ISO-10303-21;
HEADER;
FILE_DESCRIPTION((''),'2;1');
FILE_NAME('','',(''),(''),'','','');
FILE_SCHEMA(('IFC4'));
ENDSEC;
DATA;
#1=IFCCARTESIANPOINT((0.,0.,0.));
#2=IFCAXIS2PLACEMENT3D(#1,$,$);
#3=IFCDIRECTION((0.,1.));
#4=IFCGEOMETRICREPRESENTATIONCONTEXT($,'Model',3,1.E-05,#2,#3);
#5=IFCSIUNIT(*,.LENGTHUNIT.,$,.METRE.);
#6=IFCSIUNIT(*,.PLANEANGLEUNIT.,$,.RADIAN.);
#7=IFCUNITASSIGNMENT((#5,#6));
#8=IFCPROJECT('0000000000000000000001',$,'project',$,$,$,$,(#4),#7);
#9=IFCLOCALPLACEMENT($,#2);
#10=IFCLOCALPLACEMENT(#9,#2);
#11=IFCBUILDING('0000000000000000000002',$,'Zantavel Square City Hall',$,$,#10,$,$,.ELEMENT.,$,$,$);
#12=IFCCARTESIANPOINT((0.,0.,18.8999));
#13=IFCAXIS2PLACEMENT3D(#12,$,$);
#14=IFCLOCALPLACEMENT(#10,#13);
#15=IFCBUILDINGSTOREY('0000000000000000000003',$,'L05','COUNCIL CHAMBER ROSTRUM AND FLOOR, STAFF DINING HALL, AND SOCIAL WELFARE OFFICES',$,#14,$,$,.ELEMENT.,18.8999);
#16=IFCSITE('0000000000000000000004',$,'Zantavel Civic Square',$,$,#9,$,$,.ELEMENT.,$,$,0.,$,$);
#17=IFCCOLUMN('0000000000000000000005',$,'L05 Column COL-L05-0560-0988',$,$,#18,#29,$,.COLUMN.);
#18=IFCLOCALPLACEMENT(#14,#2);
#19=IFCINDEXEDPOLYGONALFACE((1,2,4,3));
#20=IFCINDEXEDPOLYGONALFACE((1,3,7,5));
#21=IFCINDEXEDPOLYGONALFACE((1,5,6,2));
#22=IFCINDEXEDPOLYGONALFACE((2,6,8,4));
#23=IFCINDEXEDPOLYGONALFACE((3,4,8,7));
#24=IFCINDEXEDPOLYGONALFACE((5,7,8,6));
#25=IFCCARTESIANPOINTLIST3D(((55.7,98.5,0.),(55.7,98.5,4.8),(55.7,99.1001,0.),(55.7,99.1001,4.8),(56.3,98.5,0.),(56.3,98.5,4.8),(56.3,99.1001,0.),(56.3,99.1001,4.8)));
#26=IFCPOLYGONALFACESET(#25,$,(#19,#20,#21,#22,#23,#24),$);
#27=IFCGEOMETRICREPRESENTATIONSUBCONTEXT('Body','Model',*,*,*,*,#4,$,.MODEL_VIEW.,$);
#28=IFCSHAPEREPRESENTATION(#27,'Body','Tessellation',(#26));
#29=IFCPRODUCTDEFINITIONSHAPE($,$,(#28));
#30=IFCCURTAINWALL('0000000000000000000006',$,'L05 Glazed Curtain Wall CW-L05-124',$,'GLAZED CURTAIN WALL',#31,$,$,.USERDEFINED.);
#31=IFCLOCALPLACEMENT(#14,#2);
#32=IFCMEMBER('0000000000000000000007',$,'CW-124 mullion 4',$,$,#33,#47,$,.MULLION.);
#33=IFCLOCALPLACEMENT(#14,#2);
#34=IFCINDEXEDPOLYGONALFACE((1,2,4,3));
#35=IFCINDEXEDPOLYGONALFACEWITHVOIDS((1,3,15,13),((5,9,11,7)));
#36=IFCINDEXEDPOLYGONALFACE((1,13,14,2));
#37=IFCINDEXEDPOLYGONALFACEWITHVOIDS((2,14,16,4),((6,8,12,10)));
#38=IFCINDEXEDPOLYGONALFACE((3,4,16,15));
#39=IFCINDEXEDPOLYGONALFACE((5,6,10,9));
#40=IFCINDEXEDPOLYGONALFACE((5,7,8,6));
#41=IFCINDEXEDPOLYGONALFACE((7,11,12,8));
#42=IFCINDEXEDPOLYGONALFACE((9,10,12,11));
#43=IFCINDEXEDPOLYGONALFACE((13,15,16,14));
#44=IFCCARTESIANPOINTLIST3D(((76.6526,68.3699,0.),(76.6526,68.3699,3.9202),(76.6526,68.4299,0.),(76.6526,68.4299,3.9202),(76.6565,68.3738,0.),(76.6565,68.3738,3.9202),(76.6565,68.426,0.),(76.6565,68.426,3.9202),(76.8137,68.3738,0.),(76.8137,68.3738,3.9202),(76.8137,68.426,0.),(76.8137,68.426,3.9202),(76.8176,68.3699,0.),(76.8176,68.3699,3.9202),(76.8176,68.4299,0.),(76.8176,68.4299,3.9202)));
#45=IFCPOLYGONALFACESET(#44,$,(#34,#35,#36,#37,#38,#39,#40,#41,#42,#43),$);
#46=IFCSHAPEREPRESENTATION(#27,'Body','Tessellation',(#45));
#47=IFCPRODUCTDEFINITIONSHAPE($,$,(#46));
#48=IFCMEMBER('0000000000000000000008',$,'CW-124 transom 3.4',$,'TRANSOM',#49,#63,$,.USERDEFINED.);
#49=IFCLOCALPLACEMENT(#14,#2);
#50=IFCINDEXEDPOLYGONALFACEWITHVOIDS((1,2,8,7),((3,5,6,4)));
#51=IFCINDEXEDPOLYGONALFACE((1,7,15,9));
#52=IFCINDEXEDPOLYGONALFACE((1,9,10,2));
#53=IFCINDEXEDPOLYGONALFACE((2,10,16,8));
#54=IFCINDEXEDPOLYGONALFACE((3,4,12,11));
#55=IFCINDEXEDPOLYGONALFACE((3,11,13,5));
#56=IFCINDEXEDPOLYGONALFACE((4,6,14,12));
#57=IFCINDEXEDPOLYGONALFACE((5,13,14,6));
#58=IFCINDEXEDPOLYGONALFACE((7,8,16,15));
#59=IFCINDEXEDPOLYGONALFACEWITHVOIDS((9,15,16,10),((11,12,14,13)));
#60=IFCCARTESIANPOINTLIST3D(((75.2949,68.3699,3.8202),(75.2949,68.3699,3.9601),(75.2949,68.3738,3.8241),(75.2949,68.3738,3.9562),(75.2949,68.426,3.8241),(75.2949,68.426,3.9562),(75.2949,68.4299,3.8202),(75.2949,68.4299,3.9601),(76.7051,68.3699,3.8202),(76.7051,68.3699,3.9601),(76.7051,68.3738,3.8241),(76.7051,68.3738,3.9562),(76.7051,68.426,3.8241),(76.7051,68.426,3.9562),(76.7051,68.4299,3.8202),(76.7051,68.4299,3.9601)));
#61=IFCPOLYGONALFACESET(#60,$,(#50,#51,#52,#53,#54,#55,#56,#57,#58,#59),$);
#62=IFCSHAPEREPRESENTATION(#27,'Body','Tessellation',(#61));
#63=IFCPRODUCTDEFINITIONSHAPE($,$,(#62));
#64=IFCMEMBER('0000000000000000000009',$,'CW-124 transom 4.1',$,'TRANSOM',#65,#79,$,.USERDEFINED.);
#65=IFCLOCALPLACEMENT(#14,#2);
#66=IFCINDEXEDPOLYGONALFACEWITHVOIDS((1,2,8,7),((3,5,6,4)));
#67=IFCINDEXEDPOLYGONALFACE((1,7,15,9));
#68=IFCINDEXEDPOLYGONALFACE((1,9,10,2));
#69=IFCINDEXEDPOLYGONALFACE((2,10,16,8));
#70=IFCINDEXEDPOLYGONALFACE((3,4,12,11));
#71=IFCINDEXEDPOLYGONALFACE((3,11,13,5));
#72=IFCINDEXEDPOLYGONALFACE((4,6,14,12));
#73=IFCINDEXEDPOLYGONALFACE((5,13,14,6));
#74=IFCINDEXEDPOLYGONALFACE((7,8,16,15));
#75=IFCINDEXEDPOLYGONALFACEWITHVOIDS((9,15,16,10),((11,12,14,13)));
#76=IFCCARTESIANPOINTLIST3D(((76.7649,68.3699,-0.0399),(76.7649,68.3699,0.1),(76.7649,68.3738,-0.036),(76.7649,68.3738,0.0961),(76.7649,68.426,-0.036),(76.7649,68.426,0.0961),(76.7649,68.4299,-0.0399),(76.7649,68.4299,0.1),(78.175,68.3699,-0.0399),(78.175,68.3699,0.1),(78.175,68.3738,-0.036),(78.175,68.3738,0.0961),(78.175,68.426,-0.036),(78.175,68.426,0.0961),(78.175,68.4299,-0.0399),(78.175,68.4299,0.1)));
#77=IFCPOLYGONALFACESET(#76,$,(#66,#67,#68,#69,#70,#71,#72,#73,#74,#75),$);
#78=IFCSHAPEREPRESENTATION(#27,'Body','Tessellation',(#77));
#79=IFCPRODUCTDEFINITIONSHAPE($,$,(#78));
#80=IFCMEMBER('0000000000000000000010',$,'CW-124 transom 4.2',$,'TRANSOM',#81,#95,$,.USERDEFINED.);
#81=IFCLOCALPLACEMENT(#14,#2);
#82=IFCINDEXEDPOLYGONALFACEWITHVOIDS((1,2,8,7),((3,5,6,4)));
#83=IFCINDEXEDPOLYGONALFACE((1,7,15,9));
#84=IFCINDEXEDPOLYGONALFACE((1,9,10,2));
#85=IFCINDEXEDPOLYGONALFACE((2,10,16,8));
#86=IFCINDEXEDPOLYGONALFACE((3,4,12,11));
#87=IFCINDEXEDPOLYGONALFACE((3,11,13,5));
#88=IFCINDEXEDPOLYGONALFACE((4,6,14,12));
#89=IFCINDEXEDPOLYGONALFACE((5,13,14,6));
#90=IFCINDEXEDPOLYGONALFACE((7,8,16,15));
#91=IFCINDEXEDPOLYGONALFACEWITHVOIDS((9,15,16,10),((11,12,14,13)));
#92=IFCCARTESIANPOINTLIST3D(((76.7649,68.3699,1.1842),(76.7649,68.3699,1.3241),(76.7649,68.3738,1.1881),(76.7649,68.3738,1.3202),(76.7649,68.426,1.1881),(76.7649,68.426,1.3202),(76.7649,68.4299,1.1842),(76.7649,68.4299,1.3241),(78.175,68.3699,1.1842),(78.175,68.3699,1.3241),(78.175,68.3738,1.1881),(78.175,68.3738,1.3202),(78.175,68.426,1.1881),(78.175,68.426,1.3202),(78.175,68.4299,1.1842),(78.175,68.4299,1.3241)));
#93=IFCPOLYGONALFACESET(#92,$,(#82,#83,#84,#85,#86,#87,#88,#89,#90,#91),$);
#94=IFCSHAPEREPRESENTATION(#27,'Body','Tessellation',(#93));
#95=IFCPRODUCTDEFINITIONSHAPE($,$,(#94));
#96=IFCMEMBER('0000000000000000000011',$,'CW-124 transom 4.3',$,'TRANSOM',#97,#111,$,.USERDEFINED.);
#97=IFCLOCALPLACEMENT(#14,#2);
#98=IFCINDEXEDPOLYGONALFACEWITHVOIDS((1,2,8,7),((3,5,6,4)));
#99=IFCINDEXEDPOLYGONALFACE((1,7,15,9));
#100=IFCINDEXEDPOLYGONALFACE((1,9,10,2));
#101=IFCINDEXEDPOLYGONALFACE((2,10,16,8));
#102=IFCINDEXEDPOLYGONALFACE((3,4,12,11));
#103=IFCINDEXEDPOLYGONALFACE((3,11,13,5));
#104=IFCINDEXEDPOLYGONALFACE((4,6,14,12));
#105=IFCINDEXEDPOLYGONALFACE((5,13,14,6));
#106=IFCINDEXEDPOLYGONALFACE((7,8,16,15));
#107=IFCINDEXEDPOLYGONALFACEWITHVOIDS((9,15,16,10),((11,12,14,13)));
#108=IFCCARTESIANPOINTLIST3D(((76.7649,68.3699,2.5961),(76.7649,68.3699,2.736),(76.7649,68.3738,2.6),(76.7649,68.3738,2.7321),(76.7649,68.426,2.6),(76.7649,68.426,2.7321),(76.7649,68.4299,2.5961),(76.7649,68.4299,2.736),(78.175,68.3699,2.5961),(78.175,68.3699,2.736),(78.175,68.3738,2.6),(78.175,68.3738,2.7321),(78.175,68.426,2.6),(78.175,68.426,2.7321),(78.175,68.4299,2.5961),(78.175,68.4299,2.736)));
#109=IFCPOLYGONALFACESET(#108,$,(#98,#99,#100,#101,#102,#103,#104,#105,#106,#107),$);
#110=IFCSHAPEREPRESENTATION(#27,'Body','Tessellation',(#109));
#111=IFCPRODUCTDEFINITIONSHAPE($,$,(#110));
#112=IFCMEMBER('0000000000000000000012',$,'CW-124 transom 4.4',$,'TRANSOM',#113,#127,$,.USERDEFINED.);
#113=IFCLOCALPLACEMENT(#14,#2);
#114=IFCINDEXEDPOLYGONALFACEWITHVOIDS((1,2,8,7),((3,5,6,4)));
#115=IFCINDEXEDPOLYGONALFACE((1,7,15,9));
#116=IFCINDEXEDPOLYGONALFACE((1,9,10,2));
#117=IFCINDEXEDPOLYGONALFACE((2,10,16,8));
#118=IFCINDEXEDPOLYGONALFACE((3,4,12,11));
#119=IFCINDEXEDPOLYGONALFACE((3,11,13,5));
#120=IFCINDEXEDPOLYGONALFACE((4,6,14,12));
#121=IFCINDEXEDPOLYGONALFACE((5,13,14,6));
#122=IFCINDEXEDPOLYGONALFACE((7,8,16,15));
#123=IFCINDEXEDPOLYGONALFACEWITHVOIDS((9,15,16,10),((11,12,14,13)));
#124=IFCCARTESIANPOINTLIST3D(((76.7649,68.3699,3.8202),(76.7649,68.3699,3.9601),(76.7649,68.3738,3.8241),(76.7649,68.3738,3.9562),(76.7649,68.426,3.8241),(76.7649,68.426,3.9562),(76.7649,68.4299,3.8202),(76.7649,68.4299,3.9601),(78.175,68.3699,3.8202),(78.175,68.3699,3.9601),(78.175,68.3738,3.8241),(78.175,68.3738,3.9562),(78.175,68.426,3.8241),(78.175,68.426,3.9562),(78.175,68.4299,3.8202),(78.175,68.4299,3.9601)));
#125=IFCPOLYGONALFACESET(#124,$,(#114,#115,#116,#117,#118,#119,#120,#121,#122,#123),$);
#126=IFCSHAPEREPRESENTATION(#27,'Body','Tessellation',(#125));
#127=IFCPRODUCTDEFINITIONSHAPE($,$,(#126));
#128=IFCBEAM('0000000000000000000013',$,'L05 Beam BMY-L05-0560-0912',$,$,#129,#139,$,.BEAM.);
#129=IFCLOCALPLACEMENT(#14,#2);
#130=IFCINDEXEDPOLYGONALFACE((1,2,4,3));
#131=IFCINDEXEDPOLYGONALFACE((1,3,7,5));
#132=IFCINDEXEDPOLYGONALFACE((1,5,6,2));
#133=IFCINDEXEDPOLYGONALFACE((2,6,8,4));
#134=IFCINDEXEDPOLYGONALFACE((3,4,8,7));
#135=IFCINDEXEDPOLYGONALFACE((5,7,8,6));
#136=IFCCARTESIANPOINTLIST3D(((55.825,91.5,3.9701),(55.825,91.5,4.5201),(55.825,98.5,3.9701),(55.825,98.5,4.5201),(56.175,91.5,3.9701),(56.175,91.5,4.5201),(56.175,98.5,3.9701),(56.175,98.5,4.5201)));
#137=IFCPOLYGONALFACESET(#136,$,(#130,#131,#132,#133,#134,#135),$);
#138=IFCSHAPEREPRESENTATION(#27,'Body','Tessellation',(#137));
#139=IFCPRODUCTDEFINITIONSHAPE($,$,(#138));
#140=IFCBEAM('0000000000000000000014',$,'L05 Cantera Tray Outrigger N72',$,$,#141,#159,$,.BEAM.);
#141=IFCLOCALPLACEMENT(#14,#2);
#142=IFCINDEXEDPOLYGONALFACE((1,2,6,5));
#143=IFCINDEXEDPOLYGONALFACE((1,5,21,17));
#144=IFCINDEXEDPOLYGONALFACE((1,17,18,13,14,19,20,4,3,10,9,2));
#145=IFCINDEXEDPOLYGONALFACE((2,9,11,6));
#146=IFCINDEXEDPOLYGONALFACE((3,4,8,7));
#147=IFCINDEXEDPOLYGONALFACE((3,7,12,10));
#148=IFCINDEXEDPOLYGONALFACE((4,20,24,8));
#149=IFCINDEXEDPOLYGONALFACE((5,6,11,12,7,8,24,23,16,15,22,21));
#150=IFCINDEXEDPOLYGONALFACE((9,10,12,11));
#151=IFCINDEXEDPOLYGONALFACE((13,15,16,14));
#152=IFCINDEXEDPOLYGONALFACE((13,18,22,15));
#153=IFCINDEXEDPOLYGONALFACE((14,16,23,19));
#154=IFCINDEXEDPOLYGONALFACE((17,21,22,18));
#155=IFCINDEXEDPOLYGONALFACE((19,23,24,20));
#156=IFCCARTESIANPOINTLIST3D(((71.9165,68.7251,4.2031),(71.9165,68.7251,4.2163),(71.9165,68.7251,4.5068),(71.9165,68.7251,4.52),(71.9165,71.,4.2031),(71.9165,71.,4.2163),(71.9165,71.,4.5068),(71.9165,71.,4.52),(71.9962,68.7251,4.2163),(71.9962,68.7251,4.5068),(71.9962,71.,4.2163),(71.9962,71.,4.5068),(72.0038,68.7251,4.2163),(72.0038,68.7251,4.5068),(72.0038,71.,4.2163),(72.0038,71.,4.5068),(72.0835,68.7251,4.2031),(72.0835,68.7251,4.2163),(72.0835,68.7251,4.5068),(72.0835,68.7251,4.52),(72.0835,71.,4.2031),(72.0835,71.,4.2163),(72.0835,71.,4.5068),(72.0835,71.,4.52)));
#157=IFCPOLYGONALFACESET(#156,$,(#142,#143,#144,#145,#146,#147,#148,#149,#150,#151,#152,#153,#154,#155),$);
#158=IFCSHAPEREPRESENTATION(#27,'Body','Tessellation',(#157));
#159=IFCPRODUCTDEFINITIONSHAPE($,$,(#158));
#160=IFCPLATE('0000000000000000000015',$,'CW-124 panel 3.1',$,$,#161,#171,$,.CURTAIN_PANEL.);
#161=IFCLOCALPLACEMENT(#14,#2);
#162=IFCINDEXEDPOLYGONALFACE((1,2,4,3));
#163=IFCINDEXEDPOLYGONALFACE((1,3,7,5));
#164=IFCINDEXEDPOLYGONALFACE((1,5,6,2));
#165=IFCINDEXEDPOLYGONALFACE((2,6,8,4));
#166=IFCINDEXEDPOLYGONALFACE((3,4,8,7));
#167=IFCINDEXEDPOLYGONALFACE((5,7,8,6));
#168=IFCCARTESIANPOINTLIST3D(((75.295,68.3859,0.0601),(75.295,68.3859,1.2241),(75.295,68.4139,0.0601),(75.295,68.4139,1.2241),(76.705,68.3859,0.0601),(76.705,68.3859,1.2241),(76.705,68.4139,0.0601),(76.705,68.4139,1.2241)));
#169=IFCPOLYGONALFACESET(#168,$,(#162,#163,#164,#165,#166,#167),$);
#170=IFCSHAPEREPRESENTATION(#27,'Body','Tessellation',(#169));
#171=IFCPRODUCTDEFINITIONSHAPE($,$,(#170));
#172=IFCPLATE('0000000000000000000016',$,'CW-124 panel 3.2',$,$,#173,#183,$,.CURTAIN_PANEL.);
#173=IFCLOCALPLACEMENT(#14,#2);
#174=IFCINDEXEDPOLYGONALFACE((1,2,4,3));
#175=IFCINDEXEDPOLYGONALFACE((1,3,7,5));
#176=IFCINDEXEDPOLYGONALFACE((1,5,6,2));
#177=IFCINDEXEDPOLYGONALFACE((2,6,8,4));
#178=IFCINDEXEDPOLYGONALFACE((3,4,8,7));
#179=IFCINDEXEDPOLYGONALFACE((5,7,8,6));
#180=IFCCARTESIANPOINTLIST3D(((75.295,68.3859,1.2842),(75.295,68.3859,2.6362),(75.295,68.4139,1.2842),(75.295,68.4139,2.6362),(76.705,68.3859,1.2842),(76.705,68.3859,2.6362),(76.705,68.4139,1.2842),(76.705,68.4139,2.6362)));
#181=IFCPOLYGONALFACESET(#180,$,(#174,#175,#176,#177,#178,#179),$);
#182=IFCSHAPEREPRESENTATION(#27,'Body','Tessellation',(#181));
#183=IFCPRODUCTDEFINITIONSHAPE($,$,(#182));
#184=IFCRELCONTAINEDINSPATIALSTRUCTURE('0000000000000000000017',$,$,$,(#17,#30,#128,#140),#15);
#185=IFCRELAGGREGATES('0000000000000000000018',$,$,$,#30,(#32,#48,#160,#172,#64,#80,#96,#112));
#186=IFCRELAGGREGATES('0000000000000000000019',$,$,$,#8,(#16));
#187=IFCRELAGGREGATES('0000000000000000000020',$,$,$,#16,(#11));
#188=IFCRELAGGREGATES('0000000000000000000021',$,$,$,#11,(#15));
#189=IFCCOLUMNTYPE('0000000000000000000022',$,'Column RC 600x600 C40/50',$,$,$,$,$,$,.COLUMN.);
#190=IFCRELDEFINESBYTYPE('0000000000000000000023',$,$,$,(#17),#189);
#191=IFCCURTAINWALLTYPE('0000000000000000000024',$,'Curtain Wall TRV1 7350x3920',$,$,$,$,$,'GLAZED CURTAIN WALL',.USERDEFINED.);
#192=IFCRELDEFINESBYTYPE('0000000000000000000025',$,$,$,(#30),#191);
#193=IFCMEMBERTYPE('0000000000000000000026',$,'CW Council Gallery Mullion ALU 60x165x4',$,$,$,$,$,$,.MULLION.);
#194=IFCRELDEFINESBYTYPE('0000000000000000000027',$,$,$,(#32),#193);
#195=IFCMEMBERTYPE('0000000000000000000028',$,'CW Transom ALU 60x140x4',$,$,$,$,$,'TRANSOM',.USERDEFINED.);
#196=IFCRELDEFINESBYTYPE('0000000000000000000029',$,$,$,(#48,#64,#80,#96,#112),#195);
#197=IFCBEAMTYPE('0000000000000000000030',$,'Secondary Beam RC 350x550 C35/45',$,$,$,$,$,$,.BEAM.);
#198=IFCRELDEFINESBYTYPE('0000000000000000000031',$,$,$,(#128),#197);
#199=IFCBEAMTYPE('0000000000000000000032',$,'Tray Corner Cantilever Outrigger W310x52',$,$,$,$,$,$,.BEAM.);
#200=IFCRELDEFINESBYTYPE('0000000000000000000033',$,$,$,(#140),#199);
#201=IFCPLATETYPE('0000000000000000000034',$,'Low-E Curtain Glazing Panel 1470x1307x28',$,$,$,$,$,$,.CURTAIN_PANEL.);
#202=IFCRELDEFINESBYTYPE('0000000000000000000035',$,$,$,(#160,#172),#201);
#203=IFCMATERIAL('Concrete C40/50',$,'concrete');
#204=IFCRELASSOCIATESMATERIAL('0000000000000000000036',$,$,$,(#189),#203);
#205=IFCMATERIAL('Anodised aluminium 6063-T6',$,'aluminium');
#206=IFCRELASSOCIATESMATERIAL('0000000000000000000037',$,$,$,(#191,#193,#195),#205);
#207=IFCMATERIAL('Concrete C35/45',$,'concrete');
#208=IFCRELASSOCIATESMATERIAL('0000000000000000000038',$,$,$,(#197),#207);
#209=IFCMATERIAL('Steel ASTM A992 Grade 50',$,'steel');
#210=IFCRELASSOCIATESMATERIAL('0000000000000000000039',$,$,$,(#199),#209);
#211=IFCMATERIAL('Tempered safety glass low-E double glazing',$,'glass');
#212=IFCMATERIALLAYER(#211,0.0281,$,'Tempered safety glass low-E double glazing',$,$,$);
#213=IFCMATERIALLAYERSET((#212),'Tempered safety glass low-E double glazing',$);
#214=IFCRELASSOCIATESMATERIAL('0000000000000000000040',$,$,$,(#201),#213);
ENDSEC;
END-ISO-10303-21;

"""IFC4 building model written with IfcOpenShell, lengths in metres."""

from ifc_helpers import new_model, si_unit, direction, frame, origin, origin_2d, place, context, subcontext, project, spatial, rectangle, hollow_rectangle, i_section, extrude, material, layer, layer_set, material_profile, profile_set, type_object, element, aggregate, save


model = new_model("IFC4")

# Units and contexts
model_context = context("Model", 3, precision=1e-05, world=origin(), true_north=direction((0.0, 1.0)))
body_context = subcontext(model_context, "Body", "Model", "MODEL_VIEW")
ifc_project = project(units=[si_unit("LENGTHUNIT", "METRE"), si_unit("PLANEANGLEUNIT", "RADIAN")], contexts=[model_context])

# Site, building, storey
site_placement = place(None, origin())
site = spatial("IfcSite", under=ifc_project, at=site_placement, Name="Zantavel Civic Square", CompositionType="ELEMENT", RefElevation=0.0)
building_placement = place(site_placement, origin())
building = spatial("IfcBuilding", under=site, at=building_placement, Name="Zantavel Square City Hall", CompositionType="ELEMENT")
storey_placement = place(building_placement, frame((0.0, 0.0, 18.8999)))
storey = spatial("IfcBuildingStorey", under=building, at=storey_placement, Name="L05", Description="COUNCIL CHAMBER ROSTRUM AND FLOOR, STAFF DINING HALL, AND SOCIAL WELFARE OFFICES", CompositionType="ELEMENT", Elevation=18.8999)

# Column
ifc_material_1 = material(Name="Concrete C40/50", Category="concrete")
ifc_material_profile_1 = material_profile(ifc_material_1, rectangle(XDim=0.6001, YDim=0.6001, at=origin_2d()), Name="RC 600x600")
ifc_profile_set_1 = profile_set([ifc_material_profile_1], Name="Concrete C40/50")
column_type = type_object("IfcColumnType", Name="Column RC 600x600 C40/50", PredefinedType="COLUMN", material=ifc_profile_set_1)
column_placement = place(storey_placement, frame((56.0, 98.8, 0.0), z_axis=(0.0, 0.0, 1.0), x_axis=(1.0, 0.0, 0.0)))
element("IfcColumn", 1, at=column_placement, inside=storey, type_object=column_type, Name="L05 Column COL-L05-0560-0988", PredefinedType="COLUMN", context=body_context, shape_type="SweptSolid", body=[
    extrude(rectangle(XDim=0.6001, YDim=0.6001, at=origin_2d()), origin(), (0.0, 0.0, 1.0), 4.8),
])

# Curtain wall, members
ifc_material_2 = material(Name="Anodised aluminium 6063-T6", Category="aluminium")
curtain_wall_type = type_object("IfcCurtainWallType", Name="Curtain Wall TRV1 7350x3920", ElementType="GLAZED CURTAIN WALL", PredefinedType="USERDEFINED", material=ifc_material_2)
curtain_wall_placement = place(storey_placement, origin())
curtain_wall = element("IfcCurtainWall", 2, at=curtain_wall_placement, inside=storey, type_object=curtain_wall_type, Name="L05 Glazed Curtain Wall CW-L05-124", ObjectType="GLAZED CURTAIN WALL", PredefinedType="USERDEFINED")
ifc_material_profile_2 = material_profile(ifc_material_2, hollow_rectangle(XDim=0.0601, YDim=0.165, WallThickness=0.0039, at=origin_2d()), Name="ALU 60x165x4")
ifc_profile_set_2 = profile_set([ifc_material_profile_2], Name="Anodised aluminium 6063-T6")
member_type_1 = type_object("IfcMemberType", Name="CW Council Gallery Mullion ALU 60x165x4", PredefinedType="MULLION", material=ifc_profile_set_2)
member_1_placement = place(storey_placement, frame((76.7351, 68.3999, 0.0), z_axis=(0.0, 0.0, 1.0), x_axis=(0.0, 1.0, 0.0)))
member_1 = element("IfcMember", 3, at=member_1_placement, type_object=member_type_1, Name="CW-124 mullion 4", PredefinedType="MULLION", context=body_context, shape_type="SweptSolid", body=[
    extrude(hollow_rectangle(XDim=0.0601, YDim=0.165, WallThickness=0.0039, at=origin_2d()), origin(), (0.0, 0.0, 1.0), 3.9202),
])
ifc_material_profile_3 = material_profile(ifc_material_2, hollow_rectangle(XDim=0.0601, YDim=0.1399, WallThickness=0.0039, at=origin_2d()), Name="ALU 60x140x4")
ifc_profile_set_3 = profile_set([ifc_material_profile_3], Name="Anodised aluminium 6063-T6")
member_type_2 = type_object("IfcMemberType", Name="CW Transom ALU 60x140x4", ElementType="TRANSOM", PredefinedType="USERDEFINED", material=ifc_profile_set_3)
member_2_placement = place(storey_placement, frame((75.2949, 68.3999, 3.8901), z_axis=(1.0, 0.0, 0.0), x_axis=(0.0, 1.0, 0.0)))
member_2 = element("IfcMember", 4, at=member_2_placement, type_object=member_type_2, Name="CW-124 transom 3.4", ObjectType="TRANSOM", PredefinedType="USERDEFINED", context=body_context, shape_type="SweptSolid", body=[
    extrude(hollow_rectangle(XDim=0.0601, YDim=0.1399, WallThickness=0.0039, at=origin_2d()), origin(), (0.0, 0.0, 1.0), 1.4102),
])
member_3_placement = place(storey_placement, frame((76.7649, 68.3999, 0.03), z_axis=(1.0, 0.0, 0.0), x_axis=(0.0, 1.0, 0.0)))
member_3 = element("IfcMember", 5, at=member_3_placement, type_object=member_type_2, Name="CW-124 transom 4.1", ObjectType="TRANSOM", PredefinedType="USERDEFINED", context=body_context, shape_type="SweptSolid", body=[
    extrude(hollow_rectangle(XDim=0.0601, YDim=0.1399, WallThickness=0.0039, at=origin_2d()), origin(), (0.0, 0.0, 1.0), 1.4102),
])
member_4_placement = place(storey_placement, frame((76.7649, 68.3999, 1.2542), z_axis=(1.0, 0.0, 0.0), x_axis=(0.0, 1.0, 0.0)))
member_4 = element("IfcMember", 6, at=member_4_placement, type_object=member_type_2, Name="CW-124 transom 4.2", ObjectType="TRANSOM", PredefinedType="USERDEFINED", context=body_context, shape_type="SweptSolid", body=[
    extrude(hollow_rectangle(XDim=0.0601, YDim=0.1399, WallThickness=0.0039, at=origin_2d()), origin(), (0.0, 0.0, 1.0), 1.4102),
])
member_5_placement = place(storey_placement, frame((76.7649, 68.3999, 2.666), z_axis=(1.0, 0.0, 0.0), x_axis=(0.0, 1.0, 0.0)))
member_5 = element("IfcMember", 7, at=member_5_placement, type_object=member_type_2, Name="CW-124 transom 4.3", ObjectType="TRANSOM", PredefinedType="USERDEFINED", context=body_context, shape_type="SweptSolid", body=[
    extrude(hollow_rectangle(XDim=0.0601, YDim=0.1399, WallThickness=0.0039, at=origin_2d()), origin(), (0.0, 0.0, 1.0), 1.4102),
])
member_6_placement = place(storey_placement, frame((76.7649, 68.3999, 3.8901), z_axis=(1.0, 0.0, 0.0), x_axis=(0.0, 1.0, 0.0)))
member_6 = element("IfcMember", 8, at=member_6_placement, type_object=member_type_2, Name="CW-124 transom 4.4", ObjectType="TRANSOM", PredefinedType="USERDEFINED", context=body_context, shape_type="SweptSolid", body=[
    extrude(hollow_rectangle(XDim=0.0601, YDim=0.1399, WallThickness=0.0039, at=origin_2d()), origin(), (0.0, 0.0, 1.0), 1.4102),
])

# Beams
ifc_material_3 = material(Name="Concrete C35/45", Category="concrete")
ifc_material_profile_4 = material_profile(ifc_material_3, rectangle(XDim=0.3501, YDim=0.55, at=origin_2d()), Name="RC 350x550")
ifc_profile_set_4 = profile_set([ifc_material_profile_4], Name="Concrete C35/45")
beam_type_1 = type_object("IfcBeamType", Name="Secondary Beam RC 350x550 C35/45", PredefinedType="BEAM", material=ifc_profile_set_4)
beam_1_placement = place(storey_placement, frame((56.0, 91.5, 4.2451), z_axis=(0.0, 1.0, 0.0), x_axis=(-1.0, 0.0, 0.0)))
element("IfcBeam", 9, at=beam_1_placement, inside=storey, type_object=beam_type_1, Name="L05 Beam BMY-L05-0560-0912", PredefinedType="BEAM", context=body_context, shape_type="SweptSolid", body=[
    extrude(rectangle(XDim=0.3501, YDim=0.55, at=origin_2d()), origin(), (0.0, 0.0, 1.0), 7.0),
])
ifc_material_4 = material(Name="Steel ASTM A992 Grade 50", Category="steel")
ifc_material_profile_5 = material_profile(ifc_material_4, i_section(OverallWidth=0.167, OverallDepth=0.3169, WebThickness=0.0076, FlangeThickness=0.0132, at=origin_2d()), Name="W310x52")
ifc_profile_set_5 = profile_set([ifc_material_profile_5], Name="Steel ASTM A992 Grade 50")
beam_type_2 = type_object("IfcBeamType", Name="Tray Corner Cantilever Outrigger W310x52", PredefinedType="BEAM", material=ifc_profile_set_5)
beam_2_placement = place(storey_placement, frame((72.0, 68.7251, 4.3616), z_axis=(0.0, 1.0, 0.0), x_axis=(-1.0, 0.0, 0.0)))
element("IfcBeam", 10, at=beam_2_placement, inside=storey, type_object=beam_type_2, Name="L05 Cantera Tray Outrigger N72", PredefinedType="BEAM", context=body_context, shape_type="SweptSolid", body=[
    extrude(i_section(OverallWidth=0.167, OverallDepth=0.3169, WebThickness=0.0076, FlangeThickness=0.0132, at=origin_2d()), origin(), (0.0, 0.0, 1.0), 2.2749),
])

# Plates
ifc_material_5 = material(Name="Tempered safety glass low-E double glazing", Category="glass")
ifc_layer_1 = layer(ifc_material_5, 0.0281, Name="Tempered safety glass low-E double glazing")
ifc_layer_set_1 = layer_set([ifc_layer_1], Name="Tempered safety glass low-E double glazing")
plate_type = type_object("IfcPlateType", Name="Low-E Curtain Glazing Panel 1470x1307x28", PredefinedType="CURTAIN_PANEL", material=ifc_layer_set_1)
plate_1_placement = place(storey_placement, frame((76.0, 68.3999, 0.0601), z_axis=(0.0, 0.0, 1.0), x_axis=(1.0, 0.0, 0.0)))
plate_1 = element("IfcPlate", 11, at=plate_1_placement, type_object=plate_type, Name="CW-124 panel 3.1", PredefinedType="CURTAIN_PANEL", context=body_context, shape_type="SweptSolid", body=[
    extrude(rectangle(XDim=1.4099, YDim=0.0281, at=origin_2d()), origin(), (0.0, 0.0, 1.0), 1.1641),
])
plate_2_placement = place(storey_placement, frame((76.0, 68.3999, 1.2842), z_axis=(0.0, 0.0, 1.0), x_axis=(1.0, 0.0, 0.0)))
plate_2 = element("IfcPlate", 12, at=plate_2_placement, type_object=plate_type, Name="CW-124 panel 3.2", PredefinedType="CURTAIN_PANEL", context=body_context, shape_type="SweptSolid", body=[
    extrude(rectangle(XDim=1.4099, YDim=0.0281, at=origin_2d()), origin(), (0.0, 0.0, 1.0), 1.3521),
])
aggregate(curtain_wall, [member_1, member_2, plate_1, plate_2, member_3, member_4, member_5, member_6])

save(model, "model.ifc")
